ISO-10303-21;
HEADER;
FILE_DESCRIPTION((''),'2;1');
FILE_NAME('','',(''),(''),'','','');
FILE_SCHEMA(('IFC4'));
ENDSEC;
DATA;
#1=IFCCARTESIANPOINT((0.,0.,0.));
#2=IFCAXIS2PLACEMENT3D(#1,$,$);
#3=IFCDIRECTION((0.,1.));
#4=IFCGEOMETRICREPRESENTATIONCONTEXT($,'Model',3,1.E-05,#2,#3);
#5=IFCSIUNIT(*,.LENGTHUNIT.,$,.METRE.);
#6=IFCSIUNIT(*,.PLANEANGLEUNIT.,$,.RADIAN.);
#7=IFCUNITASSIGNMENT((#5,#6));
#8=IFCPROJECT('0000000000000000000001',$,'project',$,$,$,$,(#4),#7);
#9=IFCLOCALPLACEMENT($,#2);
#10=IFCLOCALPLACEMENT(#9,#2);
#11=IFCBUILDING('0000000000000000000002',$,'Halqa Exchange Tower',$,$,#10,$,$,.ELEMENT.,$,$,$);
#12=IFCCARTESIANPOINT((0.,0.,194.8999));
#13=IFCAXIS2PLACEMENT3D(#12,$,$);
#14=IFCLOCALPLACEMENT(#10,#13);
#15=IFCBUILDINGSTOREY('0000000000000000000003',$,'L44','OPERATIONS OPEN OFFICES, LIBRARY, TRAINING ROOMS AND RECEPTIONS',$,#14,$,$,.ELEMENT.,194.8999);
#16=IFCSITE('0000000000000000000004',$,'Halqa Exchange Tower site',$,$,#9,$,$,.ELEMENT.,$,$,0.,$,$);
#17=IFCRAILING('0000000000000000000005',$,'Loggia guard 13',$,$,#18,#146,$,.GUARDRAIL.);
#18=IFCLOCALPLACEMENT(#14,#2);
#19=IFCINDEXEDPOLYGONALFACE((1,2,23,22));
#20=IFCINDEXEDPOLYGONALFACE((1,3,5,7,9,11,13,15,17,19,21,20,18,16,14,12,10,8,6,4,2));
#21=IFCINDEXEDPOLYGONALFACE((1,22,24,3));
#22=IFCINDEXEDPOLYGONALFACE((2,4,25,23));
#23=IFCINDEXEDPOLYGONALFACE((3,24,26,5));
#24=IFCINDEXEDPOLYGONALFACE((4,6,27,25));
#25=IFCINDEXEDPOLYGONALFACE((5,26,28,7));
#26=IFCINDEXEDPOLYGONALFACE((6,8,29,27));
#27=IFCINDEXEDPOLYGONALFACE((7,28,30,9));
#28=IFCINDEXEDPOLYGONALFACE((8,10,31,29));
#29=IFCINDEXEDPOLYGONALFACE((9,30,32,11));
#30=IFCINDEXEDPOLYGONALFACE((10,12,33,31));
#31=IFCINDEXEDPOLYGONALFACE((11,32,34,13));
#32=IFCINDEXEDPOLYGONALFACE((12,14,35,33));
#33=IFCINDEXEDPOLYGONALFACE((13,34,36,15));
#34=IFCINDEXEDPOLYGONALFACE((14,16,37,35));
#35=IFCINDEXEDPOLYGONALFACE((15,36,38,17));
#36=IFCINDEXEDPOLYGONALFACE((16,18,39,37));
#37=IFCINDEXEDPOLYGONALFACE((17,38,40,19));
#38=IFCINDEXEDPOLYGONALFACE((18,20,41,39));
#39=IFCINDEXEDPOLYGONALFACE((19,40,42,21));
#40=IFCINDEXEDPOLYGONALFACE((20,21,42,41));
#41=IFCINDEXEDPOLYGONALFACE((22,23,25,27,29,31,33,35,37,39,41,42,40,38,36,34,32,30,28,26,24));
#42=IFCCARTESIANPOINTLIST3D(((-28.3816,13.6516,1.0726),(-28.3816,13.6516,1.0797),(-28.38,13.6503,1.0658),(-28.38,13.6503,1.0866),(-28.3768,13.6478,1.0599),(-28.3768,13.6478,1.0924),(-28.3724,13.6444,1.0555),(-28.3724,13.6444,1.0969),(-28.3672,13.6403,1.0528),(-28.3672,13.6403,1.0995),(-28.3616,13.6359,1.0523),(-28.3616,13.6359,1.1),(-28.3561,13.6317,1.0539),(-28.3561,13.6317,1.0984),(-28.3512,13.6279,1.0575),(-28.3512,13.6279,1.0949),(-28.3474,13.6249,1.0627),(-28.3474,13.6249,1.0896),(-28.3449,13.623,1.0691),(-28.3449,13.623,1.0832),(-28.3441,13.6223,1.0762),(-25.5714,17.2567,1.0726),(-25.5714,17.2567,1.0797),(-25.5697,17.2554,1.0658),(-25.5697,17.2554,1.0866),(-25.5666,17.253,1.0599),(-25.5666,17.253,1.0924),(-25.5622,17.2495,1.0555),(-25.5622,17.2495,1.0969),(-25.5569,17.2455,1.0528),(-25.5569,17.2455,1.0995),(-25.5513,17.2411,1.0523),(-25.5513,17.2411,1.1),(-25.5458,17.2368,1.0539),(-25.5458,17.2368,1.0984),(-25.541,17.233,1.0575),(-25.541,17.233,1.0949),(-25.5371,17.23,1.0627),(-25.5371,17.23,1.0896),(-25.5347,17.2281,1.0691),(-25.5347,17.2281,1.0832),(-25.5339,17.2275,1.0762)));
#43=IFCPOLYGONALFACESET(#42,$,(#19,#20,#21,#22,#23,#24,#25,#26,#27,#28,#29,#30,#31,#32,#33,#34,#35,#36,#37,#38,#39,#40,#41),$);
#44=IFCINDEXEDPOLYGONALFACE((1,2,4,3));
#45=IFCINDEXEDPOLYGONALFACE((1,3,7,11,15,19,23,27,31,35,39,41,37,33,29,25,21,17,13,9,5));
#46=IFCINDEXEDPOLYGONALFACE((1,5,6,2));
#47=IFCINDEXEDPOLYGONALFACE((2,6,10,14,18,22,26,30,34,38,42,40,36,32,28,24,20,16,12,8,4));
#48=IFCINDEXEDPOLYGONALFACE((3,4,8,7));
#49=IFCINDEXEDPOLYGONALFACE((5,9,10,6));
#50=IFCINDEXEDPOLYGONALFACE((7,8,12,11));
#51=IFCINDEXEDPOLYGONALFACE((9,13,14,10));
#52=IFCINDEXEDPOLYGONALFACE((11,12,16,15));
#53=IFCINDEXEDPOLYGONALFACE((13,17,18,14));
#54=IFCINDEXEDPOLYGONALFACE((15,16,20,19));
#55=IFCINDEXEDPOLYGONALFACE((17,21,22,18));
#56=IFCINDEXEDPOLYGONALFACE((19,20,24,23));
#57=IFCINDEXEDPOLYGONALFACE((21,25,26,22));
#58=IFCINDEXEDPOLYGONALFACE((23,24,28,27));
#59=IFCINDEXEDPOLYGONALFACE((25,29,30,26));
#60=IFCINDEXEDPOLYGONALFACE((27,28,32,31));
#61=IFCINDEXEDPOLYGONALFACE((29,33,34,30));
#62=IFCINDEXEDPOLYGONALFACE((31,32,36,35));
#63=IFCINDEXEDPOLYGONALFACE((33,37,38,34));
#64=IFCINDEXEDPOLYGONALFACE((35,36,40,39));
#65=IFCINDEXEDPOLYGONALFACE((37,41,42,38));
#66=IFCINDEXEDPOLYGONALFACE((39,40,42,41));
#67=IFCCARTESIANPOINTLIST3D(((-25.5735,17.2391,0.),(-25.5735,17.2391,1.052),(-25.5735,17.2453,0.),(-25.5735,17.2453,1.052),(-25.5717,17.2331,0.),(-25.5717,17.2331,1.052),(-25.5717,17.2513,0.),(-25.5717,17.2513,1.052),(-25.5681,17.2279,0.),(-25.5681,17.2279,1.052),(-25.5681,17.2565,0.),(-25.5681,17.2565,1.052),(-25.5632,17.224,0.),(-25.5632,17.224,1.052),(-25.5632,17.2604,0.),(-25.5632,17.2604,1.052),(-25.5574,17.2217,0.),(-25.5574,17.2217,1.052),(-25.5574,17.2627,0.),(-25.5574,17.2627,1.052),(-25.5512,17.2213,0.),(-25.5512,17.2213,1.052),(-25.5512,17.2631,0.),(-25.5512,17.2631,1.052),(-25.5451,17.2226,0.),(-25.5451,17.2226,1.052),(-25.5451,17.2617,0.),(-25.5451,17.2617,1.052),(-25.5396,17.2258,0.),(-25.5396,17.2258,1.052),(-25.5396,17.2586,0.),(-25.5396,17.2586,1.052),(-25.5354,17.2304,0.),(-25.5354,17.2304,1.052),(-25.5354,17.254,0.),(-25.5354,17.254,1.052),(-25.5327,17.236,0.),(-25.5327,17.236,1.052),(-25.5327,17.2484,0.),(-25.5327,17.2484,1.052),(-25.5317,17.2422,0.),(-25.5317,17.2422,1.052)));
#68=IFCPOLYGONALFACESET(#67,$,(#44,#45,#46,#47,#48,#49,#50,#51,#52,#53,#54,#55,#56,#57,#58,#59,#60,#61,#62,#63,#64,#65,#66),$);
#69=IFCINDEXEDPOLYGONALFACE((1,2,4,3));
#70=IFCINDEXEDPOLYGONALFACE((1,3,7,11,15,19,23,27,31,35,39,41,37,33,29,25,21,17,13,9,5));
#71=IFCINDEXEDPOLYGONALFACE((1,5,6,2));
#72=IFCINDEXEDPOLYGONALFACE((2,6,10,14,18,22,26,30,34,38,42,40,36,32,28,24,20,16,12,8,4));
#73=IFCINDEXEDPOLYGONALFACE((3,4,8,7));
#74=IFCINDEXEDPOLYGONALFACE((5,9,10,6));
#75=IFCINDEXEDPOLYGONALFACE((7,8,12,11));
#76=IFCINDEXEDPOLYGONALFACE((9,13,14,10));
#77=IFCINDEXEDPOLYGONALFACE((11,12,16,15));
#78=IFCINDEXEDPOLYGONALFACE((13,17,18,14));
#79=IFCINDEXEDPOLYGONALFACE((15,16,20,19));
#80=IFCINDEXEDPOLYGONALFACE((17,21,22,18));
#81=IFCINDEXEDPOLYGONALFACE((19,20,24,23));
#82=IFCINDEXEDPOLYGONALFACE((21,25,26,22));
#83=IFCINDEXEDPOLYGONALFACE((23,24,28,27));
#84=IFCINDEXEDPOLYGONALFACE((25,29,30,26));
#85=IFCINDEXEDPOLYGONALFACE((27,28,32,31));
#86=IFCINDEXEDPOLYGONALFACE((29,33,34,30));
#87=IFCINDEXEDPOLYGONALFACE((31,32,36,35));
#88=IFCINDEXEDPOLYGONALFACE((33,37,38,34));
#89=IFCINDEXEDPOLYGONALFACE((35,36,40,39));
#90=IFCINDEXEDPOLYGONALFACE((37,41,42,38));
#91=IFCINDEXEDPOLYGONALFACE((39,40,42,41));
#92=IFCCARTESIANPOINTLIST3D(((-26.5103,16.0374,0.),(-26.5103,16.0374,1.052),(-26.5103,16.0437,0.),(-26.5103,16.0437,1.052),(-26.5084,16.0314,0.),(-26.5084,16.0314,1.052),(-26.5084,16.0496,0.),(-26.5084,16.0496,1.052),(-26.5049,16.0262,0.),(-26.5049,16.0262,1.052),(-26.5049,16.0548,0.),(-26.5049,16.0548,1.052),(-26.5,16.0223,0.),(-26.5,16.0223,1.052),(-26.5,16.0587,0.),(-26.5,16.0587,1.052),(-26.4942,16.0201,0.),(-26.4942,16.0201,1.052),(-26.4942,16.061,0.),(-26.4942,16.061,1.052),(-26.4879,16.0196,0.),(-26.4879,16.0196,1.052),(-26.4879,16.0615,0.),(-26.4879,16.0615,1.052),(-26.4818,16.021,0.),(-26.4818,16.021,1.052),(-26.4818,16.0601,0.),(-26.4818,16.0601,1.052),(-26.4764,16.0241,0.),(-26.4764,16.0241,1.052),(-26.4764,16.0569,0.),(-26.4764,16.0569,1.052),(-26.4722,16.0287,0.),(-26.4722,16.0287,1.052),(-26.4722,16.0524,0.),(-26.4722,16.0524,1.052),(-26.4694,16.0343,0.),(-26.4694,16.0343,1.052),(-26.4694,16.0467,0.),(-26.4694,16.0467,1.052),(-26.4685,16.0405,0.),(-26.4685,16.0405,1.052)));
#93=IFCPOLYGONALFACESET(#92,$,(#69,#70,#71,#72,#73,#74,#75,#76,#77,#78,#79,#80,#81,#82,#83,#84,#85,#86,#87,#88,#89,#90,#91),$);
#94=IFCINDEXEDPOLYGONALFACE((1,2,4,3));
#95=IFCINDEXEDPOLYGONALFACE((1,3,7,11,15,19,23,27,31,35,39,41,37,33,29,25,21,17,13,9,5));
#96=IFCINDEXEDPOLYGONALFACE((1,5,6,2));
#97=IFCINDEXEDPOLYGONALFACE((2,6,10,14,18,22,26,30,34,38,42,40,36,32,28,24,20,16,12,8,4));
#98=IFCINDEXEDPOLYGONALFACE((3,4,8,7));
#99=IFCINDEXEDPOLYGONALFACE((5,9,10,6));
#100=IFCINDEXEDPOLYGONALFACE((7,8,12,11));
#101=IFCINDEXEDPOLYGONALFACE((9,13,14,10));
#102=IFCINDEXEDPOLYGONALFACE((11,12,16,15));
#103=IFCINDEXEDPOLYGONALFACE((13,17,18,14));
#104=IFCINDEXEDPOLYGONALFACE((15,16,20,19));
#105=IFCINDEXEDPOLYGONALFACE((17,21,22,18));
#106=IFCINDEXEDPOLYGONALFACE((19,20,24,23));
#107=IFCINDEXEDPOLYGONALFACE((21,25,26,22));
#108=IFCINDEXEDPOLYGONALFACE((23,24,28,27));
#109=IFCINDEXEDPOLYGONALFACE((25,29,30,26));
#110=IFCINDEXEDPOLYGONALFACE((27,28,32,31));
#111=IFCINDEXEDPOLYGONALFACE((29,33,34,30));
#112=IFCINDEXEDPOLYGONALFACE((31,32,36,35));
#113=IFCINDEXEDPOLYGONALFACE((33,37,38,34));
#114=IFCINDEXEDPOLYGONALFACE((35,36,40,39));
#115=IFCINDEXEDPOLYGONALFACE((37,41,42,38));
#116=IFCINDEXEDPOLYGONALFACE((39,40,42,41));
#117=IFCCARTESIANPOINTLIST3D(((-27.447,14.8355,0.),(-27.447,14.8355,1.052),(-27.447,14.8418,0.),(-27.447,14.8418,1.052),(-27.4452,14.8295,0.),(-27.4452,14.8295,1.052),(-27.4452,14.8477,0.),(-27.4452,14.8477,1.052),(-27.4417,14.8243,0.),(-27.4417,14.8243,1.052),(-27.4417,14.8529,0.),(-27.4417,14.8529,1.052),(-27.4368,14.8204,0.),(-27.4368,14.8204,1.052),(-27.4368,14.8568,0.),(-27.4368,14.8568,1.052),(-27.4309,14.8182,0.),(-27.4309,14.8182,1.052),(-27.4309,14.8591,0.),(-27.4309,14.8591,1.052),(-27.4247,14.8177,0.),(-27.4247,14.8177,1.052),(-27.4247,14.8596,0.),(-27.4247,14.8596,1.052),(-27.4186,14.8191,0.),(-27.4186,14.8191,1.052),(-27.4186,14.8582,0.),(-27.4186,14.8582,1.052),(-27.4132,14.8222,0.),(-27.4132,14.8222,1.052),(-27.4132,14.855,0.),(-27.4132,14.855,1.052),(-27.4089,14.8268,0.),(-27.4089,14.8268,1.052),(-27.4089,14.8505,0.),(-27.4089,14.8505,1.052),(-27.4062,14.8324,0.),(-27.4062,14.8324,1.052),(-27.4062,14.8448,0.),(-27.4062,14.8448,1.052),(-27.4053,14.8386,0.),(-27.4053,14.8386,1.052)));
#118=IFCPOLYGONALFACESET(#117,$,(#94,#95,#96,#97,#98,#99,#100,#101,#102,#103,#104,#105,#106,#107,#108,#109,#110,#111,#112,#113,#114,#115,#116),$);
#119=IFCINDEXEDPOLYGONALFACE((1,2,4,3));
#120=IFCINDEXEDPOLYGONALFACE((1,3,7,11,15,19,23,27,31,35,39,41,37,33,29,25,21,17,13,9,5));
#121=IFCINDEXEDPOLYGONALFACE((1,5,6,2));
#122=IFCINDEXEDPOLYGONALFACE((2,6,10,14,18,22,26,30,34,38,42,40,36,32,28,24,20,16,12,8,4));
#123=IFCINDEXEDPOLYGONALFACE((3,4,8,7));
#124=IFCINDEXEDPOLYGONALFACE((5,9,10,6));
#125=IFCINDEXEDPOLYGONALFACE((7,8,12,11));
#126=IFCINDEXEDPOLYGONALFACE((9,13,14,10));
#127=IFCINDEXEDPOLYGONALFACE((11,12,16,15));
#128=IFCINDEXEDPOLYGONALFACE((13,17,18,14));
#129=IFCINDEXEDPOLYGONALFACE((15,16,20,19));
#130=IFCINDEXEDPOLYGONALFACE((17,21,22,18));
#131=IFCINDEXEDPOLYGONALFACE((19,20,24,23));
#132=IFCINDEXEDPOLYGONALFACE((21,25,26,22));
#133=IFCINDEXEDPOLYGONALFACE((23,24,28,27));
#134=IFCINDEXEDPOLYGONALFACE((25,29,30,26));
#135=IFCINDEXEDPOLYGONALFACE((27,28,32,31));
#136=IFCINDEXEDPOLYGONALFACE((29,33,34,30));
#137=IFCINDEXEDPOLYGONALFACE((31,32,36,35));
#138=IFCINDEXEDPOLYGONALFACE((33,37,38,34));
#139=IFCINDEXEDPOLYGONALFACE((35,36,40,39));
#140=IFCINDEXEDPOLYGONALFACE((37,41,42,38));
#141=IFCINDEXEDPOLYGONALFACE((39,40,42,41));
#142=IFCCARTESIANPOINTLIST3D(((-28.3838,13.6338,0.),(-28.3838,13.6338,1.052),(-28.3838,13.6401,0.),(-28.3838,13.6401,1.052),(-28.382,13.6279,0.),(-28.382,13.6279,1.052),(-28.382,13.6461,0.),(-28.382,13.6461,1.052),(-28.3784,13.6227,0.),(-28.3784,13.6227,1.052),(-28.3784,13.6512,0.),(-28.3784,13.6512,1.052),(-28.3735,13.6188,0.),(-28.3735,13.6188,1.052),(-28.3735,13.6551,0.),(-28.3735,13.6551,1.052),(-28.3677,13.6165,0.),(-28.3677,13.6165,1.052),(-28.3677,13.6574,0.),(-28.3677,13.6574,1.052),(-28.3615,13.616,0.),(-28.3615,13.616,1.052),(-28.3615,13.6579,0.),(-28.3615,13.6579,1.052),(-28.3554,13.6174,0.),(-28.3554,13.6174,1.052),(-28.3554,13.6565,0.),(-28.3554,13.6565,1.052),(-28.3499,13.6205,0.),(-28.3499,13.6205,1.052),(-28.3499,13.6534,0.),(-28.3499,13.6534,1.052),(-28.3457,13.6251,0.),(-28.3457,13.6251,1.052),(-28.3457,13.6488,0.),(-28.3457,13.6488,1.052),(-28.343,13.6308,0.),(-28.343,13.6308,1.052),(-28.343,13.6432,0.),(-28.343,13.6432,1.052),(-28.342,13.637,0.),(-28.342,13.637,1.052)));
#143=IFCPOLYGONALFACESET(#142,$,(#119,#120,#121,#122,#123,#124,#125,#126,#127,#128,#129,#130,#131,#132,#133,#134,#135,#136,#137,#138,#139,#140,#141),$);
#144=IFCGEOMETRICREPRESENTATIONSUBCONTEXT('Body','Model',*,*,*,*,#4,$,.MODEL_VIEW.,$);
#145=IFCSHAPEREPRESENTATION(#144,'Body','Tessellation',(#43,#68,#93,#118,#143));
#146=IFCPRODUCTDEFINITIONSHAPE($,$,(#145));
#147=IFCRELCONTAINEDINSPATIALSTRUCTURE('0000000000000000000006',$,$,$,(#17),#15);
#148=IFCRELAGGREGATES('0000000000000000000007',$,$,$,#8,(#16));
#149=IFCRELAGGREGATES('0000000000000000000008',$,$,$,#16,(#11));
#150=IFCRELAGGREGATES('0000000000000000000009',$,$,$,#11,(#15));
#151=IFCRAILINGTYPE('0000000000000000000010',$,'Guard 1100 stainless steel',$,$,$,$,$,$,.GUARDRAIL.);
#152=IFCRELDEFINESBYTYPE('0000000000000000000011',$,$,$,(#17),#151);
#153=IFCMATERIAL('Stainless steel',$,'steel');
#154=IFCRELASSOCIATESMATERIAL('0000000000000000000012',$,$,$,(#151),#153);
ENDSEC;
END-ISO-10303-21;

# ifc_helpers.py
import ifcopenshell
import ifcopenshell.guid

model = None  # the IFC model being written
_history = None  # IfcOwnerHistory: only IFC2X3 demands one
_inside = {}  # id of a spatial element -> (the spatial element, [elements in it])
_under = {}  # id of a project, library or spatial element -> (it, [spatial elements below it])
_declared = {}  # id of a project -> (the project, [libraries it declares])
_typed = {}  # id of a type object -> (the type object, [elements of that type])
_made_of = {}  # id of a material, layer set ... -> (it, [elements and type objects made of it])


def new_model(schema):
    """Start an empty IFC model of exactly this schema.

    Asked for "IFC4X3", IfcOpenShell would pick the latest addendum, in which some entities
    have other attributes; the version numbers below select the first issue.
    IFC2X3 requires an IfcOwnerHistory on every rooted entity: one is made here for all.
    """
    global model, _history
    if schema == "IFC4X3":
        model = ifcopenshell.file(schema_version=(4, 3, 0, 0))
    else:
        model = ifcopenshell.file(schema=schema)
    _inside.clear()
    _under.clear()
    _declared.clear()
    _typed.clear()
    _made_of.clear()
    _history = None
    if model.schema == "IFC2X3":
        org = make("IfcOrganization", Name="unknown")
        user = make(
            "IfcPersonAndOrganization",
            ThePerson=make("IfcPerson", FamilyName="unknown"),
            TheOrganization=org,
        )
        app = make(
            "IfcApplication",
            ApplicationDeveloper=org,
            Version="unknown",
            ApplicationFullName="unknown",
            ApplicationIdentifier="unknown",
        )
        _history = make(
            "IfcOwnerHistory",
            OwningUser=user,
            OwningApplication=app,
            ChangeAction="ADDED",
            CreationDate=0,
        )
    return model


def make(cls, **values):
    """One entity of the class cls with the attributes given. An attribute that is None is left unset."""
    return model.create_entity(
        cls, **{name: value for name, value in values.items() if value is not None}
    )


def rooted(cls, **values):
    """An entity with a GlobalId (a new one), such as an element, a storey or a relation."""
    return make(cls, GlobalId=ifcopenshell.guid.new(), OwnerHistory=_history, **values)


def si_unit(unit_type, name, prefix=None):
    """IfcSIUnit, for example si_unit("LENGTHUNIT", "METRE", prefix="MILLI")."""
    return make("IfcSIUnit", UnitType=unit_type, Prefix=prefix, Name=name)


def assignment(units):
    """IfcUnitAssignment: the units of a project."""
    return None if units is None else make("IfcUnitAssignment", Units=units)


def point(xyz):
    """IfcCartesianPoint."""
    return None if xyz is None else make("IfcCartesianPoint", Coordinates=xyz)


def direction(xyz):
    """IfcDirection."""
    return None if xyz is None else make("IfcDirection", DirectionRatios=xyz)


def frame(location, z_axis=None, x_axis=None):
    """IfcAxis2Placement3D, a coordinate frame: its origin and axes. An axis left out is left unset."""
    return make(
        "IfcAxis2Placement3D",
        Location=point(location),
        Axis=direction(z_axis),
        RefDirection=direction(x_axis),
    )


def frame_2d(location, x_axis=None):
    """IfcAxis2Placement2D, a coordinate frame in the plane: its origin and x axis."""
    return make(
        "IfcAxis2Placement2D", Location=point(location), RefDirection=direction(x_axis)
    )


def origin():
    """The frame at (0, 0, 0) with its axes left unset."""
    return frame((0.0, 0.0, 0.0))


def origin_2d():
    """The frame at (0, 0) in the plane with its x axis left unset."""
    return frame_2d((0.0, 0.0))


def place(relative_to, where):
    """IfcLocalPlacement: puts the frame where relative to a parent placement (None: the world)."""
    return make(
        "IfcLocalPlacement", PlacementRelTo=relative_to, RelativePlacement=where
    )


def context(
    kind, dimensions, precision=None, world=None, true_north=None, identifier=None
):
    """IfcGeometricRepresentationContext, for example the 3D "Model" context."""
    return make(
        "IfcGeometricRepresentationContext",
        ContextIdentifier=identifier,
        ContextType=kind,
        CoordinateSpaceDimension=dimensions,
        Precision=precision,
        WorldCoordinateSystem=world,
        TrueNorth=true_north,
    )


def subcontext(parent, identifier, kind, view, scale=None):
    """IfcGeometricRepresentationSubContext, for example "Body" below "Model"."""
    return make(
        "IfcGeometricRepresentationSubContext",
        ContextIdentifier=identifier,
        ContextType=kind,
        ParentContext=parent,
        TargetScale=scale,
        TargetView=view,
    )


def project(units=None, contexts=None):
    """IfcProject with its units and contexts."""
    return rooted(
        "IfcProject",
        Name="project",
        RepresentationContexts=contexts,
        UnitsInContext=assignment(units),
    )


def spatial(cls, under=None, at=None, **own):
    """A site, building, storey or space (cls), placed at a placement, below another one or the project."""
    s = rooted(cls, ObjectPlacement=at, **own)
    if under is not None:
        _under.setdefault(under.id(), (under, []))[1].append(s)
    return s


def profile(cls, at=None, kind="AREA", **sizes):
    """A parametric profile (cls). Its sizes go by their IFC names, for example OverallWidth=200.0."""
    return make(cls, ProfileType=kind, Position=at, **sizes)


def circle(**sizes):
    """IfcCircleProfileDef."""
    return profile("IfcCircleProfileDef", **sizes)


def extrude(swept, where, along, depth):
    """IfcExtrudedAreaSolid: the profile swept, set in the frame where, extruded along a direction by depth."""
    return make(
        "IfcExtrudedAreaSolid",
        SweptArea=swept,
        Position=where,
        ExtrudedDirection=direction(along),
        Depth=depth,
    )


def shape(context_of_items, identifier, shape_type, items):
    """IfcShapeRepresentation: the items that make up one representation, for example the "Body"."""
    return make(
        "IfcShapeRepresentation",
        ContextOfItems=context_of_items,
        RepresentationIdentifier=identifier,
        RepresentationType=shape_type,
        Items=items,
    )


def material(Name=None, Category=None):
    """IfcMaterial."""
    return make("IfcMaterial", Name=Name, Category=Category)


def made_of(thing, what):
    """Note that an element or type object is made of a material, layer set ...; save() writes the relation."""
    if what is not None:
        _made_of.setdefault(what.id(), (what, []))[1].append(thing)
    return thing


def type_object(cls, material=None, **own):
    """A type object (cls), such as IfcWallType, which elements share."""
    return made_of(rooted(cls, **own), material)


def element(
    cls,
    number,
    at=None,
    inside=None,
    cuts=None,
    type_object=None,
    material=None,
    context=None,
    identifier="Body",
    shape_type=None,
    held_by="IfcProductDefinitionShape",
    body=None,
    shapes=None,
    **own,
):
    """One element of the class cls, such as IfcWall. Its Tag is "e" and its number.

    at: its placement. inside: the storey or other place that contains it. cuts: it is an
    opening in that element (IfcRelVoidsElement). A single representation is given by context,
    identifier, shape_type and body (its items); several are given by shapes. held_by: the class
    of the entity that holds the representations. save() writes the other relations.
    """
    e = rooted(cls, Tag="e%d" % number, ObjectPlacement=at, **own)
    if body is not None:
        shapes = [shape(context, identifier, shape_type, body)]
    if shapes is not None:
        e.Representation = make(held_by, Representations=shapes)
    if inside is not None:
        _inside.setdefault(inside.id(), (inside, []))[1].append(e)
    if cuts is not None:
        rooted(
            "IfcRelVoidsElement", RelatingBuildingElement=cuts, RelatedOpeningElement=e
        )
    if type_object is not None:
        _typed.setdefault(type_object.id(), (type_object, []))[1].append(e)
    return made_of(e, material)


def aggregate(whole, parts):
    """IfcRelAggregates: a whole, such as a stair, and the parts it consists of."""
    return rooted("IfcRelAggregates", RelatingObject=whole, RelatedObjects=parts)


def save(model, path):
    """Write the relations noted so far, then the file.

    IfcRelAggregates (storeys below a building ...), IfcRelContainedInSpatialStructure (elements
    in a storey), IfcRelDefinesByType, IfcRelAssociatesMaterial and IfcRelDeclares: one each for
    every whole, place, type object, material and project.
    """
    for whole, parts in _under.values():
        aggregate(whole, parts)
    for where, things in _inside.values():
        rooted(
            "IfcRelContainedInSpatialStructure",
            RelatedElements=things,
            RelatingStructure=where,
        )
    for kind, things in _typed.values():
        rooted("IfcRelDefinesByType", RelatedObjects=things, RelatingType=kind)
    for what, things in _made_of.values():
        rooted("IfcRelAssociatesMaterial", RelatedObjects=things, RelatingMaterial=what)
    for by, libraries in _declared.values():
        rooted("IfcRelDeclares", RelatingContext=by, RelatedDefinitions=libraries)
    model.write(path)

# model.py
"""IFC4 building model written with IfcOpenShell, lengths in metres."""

from ifc_helpers import new_model, si_unit, direction, frame, origin, origin_2d, place, context, subcontext, project, spatial, circle, extrude, material, type_object, element, save


model = new_model("IFC4")

# Units and contexts
model_context = context("Model", 3, precision=1e-05, world=origin(), true_north=direction((0.0, 1.0)))
body_context = subcontext(model_context, "Body", "Model", "MODEL_VIEW")
ifc_project = project(units=[si_unit("LENGTHUNIT", "METRE"), si_unit("PLANEANGLEUNIT", "RADIAN")], contexts=[model_context])

# Site, building, storey
site_placement = place(None, origin())
site = spatial("IfcSite", under=ifc_project, at=site_placement, Name="Halqa Exchange Tower site", CompositionType="ELEMENT", RefElevation=0.0)
building_placement = place(site_placement, origin())
building = spatial("IfcBuilding", under=site, at=building_placement, Name="Halqa Exchange Tower", CompositionType="ELEMENT")
storey_placement = place(building_placement, frame((0.0, 0.0, 194.8999)))
storey = spatial("IfcBuildingStorey", under=building, at=storey_placement, Name="L44", Description="OPERATIONS OPEN OFFICES, LIBRARY, TRAINING ROOMS AND RECEPTIONS", CompositionType="ELEMENT", Elevation=194.8999)

# Railing
ifc_material_1 = material(Name="Stainless steel", Category="steel")
railing_type = type_object("IfcRailingType", Name="Guard 1100 stainless steel", PredefinedType="GUARDRAIL", material=ifc_material_1)
railing_1_placement = place(storey_placement, frame((-25.5527, 17.2422, 0.0)))
element("IfcRailing", 1, at=railing_1_placement, inside=storey, type_object=railing_type, Name="Loggia guard 13", PredefinedType="GUARDRAIL", context=body_context, shape_type="SweptSolid", body=[
    extrude(circle(Radius=0.0239, at=origin_2d()), frame((0.0, 0.0, 1.0762), z_axis=(-0.614791, -0.78869, 0.0), x_axis=(0.78869, -0.614791, 0.0)), (0.0, 0.0, 1.0), 4.571),
    extrude(circle(Radius=0.021, at=origin_2d()), origin(), (0.0, 0.0, 1.0), 1.052),
    extrude(circle(Radius=0.021, at=origin_2d()), frame((-0.9368, -1.2017, 0.0)), (0.0, 0.0, 1.0), 1.052),
    extrude(circle(Radius=0.021, at=origin_2d()), frame((-1.8735, -2.4036, 0.0)), (0.0, 0.0, 1.0), 1.052),
    extrude(circle(Radius=0.021, at=origin_2d()), frame((-2.8103, -3.6052, 0.0)), (0.0, 0.0, 1.0), 1.052),
])

save(model, "model.ifc")
